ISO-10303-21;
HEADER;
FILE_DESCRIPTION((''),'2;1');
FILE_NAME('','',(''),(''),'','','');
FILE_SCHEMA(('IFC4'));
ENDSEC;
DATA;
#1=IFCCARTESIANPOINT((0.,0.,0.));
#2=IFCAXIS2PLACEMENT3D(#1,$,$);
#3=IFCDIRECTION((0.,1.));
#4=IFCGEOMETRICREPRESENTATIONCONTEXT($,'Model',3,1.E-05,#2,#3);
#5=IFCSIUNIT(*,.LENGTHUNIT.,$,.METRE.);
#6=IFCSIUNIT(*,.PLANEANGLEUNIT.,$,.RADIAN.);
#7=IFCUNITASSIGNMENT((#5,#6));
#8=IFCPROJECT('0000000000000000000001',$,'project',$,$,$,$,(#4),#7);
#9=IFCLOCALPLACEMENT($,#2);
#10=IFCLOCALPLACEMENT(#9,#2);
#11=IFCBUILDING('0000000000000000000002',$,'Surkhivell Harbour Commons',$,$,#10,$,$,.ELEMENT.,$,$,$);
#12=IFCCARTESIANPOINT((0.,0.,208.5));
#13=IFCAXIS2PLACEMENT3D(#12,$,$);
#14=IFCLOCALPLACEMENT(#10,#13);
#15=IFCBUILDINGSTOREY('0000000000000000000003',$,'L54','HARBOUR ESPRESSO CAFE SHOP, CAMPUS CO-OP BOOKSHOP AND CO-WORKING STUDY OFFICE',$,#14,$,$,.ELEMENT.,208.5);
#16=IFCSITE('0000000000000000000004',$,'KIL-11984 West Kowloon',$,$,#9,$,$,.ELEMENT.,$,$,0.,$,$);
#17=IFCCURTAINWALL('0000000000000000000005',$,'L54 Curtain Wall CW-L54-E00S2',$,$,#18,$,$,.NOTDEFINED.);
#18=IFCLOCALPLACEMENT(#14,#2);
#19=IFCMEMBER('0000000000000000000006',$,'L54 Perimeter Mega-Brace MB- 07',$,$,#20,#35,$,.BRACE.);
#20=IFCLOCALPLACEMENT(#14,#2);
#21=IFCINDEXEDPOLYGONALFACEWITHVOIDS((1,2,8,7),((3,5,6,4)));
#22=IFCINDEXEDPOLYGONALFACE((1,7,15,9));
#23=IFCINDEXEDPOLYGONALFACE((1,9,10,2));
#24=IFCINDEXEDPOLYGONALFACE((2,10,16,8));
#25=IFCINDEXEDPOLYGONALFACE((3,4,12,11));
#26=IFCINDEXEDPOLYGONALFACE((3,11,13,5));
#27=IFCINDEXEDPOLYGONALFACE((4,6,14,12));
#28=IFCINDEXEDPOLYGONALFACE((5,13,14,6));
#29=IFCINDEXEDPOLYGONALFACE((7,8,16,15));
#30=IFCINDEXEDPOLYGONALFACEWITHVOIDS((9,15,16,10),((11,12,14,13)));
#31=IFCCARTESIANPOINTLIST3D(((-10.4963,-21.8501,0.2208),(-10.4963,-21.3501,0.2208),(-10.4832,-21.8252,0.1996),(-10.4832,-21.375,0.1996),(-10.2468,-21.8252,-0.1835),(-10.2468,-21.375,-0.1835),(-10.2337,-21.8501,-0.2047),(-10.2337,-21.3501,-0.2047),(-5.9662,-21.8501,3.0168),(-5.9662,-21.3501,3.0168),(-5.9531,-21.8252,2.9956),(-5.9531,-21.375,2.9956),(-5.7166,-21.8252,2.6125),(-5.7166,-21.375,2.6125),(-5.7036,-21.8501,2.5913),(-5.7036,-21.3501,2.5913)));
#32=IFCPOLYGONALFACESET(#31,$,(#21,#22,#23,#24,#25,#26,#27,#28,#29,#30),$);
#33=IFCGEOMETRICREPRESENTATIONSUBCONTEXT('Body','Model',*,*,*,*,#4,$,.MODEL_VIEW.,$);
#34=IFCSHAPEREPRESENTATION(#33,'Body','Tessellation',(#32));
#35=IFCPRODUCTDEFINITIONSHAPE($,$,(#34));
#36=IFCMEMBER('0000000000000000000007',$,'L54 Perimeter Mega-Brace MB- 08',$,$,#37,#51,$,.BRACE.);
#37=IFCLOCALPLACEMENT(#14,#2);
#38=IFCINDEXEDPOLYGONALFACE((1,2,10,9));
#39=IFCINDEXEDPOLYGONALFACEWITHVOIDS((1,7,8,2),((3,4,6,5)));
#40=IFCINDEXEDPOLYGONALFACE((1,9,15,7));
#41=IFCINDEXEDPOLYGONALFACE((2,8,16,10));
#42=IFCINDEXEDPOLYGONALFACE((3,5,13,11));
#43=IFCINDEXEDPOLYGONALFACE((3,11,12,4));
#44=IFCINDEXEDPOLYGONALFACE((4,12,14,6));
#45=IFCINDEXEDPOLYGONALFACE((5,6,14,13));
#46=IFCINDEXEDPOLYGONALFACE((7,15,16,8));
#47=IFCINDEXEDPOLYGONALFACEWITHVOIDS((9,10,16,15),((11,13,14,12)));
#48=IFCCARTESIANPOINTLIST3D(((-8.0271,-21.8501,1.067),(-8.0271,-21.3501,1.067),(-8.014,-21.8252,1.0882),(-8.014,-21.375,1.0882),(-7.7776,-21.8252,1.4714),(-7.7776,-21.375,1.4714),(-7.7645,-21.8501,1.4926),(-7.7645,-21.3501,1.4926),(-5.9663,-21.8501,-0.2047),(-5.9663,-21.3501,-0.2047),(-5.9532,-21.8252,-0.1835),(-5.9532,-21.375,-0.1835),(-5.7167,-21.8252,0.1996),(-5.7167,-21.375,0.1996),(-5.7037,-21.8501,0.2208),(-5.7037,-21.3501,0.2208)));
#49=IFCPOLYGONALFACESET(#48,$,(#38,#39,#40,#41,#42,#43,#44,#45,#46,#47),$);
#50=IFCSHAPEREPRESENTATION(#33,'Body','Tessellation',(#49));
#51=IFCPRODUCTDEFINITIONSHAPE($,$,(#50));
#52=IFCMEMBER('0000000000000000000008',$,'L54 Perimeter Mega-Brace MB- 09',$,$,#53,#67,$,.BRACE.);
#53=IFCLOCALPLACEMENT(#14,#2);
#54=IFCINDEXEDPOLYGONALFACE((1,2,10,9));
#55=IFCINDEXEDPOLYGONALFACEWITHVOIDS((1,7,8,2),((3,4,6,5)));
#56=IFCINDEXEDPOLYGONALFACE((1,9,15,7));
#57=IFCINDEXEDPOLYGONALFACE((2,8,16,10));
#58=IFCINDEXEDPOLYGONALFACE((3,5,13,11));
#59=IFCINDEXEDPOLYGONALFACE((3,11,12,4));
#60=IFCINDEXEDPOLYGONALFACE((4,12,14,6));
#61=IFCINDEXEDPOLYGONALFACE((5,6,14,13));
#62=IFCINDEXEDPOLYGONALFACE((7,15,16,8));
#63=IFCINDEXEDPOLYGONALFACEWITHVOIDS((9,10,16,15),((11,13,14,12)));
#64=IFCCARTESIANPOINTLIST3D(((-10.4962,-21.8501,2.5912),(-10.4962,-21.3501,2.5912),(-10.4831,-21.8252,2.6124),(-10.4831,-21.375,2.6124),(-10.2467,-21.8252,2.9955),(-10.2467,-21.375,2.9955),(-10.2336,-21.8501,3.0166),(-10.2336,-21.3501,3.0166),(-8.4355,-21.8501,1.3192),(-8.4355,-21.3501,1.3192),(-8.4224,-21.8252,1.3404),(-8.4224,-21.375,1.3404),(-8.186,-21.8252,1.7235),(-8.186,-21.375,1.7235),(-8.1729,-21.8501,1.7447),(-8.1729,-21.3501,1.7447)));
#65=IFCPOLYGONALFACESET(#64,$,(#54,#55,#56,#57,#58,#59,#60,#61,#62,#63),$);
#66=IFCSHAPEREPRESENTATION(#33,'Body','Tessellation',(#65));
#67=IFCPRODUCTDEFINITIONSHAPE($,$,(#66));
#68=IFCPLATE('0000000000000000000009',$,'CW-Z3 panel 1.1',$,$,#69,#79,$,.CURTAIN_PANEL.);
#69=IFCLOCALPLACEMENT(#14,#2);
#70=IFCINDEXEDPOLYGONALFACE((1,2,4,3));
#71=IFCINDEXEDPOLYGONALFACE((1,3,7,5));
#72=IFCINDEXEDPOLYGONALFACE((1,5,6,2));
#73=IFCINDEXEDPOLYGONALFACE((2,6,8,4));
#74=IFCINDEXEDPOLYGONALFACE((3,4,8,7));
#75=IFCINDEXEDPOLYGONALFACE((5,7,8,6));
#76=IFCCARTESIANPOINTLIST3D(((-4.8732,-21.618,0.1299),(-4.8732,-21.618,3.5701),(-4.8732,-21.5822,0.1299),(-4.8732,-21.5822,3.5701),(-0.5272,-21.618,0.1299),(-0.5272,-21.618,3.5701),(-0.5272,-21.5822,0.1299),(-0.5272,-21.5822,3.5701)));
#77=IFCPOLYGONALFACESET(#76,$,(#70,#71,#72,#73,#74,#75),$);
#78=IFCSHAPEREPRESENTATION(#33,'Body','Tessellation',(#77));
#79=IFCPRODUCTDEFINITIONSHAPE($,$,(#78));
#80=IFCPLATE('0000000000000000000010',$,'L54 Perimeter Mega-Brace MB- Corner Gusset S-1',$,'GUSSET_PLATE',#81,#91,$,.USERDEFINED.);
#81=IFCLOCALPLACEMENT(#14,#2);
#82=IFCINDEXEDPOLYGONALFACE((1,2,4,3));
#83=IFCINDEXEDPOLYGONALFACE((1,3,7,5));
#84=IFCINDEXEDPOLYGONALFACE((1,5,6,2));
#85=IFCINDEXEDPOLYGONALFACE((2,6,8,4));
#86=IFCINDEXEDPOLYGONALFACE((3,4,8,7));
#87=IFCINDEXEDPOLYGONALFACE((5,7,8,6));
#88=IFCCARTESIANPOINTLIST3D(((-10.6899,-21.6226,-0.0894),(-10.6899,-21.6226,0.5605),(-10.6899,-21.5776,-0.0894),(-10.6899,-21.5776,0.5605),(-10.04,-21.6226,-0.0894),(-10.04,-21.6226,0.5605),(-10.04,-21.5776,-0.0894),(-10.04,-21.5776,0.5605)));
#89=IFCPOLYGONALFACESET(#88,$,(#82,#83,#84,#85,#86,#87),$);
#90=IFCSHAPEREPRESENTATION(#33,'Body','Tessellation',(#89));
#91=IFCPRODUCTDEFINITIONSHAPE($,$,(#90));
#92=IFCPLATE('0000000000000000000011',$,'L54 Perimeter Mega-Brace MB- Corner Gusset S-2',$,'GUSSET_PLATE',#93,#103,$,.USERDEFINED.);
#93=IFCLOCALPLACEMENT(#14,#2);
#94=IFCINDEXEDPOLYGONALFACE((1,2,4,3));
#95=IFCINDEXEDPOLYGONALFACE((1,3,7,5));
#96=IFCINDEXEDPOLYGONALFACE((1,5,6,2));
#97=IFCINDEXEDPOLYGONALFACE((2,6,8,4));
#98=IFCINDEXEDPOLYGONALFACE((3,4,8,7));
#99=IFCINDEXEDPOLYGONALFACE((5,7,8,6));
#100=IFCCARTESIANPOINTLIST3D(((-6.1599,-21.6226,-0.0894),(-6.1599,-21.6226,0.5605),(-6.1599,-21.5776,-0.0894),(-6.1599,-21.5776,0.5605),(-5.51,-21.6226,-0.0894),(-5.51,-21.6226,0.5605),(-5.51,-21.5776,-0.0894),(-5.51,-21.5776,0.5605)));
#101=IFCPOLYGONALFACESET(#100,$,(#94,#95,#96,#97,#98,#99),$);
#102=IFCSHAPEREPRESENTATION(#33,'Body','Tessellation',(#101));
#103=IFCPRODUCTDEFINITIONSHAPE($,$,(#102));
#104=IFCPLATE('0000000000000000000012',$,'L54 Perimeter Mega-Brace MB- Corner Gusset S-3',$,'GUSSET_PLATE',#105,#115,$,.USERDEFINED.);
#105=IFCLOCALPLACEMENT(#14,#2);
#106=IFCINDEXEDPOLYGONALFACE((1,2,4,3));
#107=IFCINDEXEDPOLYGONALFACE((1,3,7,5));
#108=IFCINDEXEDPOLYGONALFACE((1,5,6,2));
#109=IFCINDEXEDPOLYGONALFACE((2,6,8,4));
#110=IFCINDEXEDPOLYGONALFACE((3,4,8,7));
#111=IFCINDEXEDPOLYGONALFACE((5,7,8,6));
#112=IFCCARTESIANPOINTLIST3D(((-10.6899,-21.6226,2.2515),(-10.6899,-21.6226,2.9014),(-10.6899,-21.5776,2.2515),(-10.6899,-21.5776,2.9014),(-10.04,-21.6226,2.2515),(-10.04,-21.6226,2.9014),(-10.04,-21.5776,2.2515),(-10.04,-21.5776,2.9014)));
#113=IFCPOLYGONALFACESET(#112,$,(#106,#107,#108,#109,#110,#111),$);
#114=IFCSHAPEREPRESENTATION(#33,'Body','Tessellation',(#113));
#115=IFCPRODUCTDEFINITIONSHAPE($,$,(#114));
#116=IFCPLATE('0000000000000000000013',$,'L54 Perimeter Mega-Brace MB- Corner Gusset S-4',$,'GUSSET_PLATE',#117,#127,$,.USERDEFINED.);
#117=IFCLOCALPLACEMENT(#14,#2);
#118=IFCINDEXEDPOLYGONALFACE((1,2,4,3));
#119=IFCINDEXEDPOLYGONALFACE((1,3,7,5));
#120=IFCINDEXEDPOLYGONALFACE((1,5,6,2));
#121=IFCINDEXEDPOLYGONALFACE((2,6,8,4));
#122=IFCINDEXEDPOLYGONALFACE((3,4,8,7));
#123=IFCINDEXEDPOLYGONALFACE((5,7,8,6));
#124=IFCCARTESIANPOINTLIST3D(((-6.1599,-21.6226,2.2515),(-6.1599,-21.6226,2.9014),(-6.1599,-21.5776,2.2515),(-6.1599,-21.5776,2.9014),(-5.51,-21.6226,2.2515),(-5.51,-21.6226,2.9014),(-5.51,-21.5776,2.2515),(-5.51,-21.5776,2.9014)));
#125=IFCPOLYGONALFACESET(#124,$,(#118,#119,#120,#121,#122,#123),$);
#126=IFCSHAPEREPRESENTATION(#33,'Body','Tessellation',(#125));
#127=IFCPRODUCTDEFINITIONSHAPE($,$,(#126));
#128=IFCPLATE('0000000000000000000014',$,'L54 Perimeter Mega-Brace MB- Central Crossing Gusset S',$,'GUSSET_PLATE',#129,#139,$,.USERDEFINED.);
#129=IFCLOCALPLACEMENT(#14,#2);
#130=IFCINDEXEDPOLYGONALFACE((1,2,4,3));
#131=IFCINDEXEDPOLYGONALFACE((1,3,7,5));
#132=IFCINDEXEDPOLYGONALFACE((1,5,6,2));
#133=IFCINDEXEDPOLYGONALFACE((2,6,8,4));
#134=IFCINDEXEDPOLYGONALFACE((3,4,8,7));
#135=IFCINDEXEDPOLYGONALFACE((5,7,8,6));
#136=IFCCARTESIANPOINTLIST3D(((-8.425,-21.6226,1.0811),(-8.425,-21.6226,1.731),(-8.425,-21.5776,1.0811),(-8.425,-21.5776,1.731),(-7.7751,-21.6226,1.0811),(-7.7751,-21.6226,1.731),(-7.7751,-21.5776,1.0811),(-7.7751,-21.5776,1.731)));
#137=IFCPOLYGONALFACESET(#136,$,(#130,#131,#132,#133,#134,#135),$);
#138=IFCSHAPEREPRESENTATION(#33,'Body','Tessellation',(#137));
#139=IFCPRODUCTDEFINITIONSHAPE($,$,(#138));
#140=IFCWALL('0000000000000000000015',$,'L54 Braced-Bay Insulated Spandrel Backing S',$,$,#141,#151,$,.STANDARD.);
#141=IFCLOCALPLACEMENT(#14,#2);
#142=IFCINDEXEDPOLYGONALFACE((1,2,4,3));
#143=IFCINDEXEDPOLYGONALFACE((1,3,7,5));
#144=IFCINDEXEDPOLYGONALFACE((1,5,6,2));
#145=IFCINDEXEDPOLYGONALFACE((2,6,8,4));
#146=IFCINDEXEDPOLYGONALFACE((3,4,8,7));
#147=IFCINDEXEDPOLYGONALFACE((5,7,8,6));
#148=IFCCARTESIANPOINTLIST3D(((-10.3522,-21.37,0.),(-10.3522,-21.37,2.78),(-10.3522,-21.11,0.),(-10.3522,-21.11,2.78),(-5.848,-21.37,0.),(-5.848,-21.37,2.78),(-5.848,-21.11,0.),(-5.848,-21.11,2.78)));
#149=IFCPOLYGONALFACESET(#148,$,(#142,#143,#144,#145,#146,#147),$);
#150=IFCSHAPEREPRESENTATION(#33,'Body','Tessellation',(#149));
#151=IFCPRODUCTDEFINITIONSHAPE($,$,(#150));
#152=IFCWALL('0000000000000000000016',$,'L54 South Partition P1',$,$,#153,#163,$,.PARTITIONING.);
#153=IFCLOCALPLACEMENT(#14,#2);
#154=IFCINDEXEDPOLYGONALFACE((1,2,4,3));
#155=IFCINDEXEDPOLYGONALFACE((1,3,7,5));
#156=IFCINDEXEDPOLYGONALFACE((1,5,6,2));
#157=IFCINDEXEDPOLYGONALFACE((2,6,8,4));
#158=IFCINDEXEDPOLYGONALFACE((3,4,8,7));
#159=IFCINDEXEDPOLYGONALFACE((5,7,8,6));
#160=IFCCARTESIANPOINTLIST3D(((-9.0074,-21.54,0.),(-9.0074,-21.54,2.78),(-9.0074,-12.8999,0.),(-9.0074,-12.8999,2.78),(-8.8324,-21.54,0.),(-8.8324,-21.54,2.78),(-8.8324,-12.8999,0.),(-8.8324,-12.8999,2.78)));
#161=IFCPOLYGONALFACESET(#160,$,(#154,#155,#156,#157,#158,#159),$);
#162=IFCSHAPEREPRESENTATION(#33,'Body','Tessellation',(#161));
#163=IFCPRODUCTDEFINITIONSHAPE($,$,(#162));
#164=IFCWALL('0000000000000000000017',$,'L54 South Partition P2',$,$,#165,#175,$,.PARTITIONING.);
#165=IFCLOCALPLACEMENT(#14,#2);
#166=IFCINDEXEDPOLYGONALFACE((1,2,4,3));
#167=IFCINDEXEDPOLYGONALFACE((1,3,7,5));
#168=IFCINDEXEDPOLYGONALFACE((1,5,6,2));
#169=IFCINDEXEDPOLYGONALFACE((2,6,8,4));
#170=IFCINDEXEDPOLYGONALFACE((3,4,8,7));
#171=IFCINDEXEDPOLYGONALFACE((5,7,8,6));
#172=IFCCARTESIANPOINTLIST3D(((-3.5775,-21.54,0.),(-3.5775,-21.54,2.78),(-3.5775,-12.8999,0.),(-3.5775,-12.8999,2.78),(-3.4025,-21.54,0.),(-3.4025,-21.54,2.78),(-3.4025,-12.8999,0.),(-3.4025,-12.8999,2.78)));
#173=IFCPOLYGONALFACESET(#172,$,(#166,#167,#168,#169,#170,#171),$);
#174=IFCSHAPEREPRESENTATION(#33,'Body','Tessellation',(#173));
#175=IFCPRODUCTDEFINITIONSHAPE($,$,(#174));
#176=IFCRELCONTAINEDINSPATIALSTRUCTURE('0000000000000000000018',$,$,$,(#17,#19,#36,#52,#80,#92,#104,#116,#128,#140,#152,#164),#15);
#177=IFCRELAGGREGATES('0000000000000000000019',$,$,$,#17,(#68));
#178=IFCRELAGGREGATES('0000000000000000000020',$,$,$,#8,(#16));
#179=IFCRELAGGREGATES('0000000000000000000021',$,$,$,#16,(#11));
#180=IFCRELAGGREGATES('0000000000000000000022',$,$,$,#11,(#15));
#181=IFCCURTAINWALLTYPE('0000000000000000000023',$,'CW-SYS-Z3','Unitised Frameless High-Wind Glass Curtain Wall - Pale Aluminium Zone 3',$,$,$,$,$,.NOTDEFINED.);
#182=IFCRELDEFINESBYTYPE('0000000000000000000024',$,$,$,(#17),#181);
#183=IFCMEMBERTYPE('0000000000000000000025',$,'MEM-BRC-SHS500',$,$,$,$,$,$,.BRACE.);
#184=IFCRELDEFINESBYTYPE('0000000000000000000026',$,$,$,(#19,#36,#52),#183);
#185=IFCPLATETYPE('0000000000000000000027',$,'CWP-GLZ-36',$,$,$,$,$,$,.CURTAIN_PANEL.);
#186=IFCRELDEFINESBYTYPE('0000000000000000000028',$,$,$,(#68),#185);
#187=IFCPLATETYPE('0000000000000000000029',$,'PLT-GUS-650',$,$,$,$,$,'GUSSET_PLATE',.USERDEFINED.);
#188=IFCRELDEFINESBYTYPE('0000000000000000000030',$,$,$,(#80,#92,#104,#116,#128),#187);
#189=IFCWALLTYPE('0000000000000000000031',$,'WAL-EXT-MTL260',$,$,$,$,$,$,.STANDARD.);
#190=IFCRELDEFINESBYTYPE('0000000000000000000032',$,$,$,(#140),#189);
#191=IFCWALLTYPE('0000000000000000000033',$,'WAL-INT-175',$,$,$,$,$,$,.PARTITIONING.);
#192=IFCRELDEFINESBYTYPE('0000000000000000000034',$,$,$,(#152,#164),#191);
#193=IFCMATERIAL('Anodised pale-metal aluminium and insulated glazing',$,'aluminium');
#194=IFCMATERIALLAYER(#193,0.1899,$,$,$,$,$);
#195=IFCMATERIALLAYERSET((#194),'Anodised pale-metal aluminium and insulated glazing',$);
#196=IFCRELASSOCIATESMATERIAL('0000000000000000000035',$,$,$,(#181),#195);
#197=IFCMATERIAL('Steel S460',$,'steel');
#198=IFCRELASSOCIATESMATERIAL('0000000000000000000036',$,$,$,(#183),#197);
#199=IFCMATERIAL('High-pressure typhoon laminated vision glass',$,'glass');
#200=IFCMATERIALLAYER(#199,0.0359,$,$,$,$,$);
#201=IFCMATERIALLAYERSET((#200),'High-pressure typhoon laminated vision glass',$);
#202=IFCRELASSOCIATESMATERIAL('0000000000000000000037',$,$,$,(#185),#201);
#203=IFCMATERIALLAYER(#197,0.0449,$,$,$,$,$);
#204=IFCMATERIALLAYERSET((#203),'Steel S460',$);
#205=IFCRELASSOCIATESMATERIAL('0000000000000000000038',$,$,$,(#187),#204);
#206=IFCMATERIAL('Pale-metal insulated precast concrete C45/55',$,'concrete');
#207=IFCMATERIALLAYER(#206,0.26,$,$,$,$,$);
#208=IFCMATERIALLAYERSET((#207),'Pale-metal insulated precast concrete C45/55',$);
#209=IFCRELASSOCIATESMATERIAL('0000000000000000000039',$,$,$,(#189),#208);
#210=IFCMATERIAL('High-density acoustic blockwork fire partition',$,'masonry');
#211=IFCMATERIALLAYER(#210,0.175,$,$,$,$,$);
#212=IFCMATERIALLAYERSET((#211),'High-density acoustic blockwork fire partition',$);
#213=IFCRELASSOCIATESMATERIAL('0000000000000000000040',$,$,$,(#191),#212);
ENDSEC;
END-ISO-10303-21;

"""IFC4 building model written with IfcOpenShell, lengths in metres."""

from ifc_helpers import new_model, si_unit, direction, frame, frame_2d, origin, origin_2d, place, context, subcontext, project, spatial, rectangle, hollow_rectangle, extrude, material, layer, layer_set, material_profile, profile_set, type_object, element, aggregate, save


model = new_model("IFC4")

# Units and contexts
model_context = context("Model", 3, precision=1e-05, world=origin(), true_north=direction((0.0, 1.0)))
body_context = subcontext(model_context, "Body", "Model", "MODEL_VIEW")
ifc_project = project(units=[si_unit("LENGTHUNIT", "METRE"), si_unit("PLANEANGLEUNIT", "RADIAN")], contexts=[model_context])

# Site, building, storey
site_placement = place(None, origin())
site = spatial("IfcSite", under=ifc_project, at=site_placement, Name="KIL-11984 West Kowloon", CompositionType="ELEMENT", RefElevation=0.0)
building_placement = place(site_placement, origin())
building = spatial("IfcBuilding", under=site, at=building_placement, Name="Surkhivell Harbour Commons", CompositionType="ELEMENT")
storey_placement = place(building_placement, frame((0.0, 0.0, 208.5)))
storey = spatial("IfcBuildingStorey", under=building, at=storey_placement, Name="L54", Description="HARBOUR ESPRESSO CAFE SHOP, CAMPUS CO-OP BOOKSHOP AND CO-WORKING STUDY OFFICE", CompositionType="ELEMENT", Elevation=208.5)

# Shared definitions
ifc_material_1 = material(Name="Anodised pale-metal aluminium and insulated glazing", Category="aluminium")
ifc_layer_1 = layer(ifc_material_1, 0.1899)
ifc_layer_set_1 = layer_set([ifc_layer_1], Name="Anodised pale-metal aluminium and insulated glazing")
curtain_wall_type = type_object("IfcCurtainWallType", Name="CW-SYS-Z3", Description="Unitised Frameless High-Wind Glass Curtain Wall - Pale Aluminium Zone 3", PredefinedType="NOTDEFINED", material=ifc_layer_set_1)

# Curtain wall
curtain_wall_1_placement = place(storey_placement, origin())
curtain_wall_1 = element("IfcCurtainWall", 1, at=curtain_wall_1_placement, inside=storey, type_object=curtain_wall_type, Name="L54 Curtain Wall CW-L54-E00S2", PredefinedType="NOTDEFINED")

# Members
ifc_material_2 = material(Name="Steel S460", Category="steel")
ifc_material_profile_1 = material_profile(ifc_material_2, hollow_rectangle(XDim=0.5, YDim=0.5, WallThickness=0.0249, at=origin_2d()), Name="SHS500x500x25")
ifc_profile_set_1 = profile_set([ifc_material_profile_1], Name="Steel S460")
member_type_1 = type_object("IfcMemberType", Name="MEM-BRC-SHS500", PredefinedType="BRACE", material=ifc_profile_set_1)
member_1_placement = place(storey_placement, frame((-10.365, -21.6001, 0.0081), z_axis=(0.850971, 0.0, 0.525213), x_axis=(0.0, 1.0, 0.0)))
element("IfcMember", 2, at=member_1_placement, inside=storey, type_object=member_type_1, Name="L54 Perimeter Mega-Brace MB- 07", PredefinedType="BRACE", context=body_context, shape_type="SweptSolid", body=[
    extrude(hollow_rectangle(XDim=0.5, YDim=0.5, WallThickness=0.0249, at=origin_2d()), origin(), (0.0, 0.0, 1.0), 5.3235),
])
for number, where, z_axis, x_axis, name in (
    (3, (-5.835, -21.6001, 0.0081), (-0.851003, 0.0, 0.52516), (0.0, -1.0, 0.0), "L54 Perimeter Mega-Brace MB- 08"),
    (4, (-8.3042, -21.6001, 1.532), (-0.850958, 0.0, 0.525233), (0.0, -1.0, 0.0), "L54 Perimeter Mega-Brace MB- 09"),
):
    element("IfcMember", number, at=place(storey_placement, frame(where, z_axis=z_axis, x_axis=x_axis)), inside=storey, type_object=member_type_1, Name=name, PredefinedType="BRACE", context=body_context, shape_type="SweptSolid", body=[
        extrude(hollow_rectangle(XDim=0.5, YDim=0.5, WallThickness=0.0249, at=origin_2d()), origin(), (0.0, 0.0, 1.0), 2.4216),
    ])

# Plate
ifc_material_3 = material(Name="High-pressure typhoon laminated vision glass", Category="glass")
ifc_layer_2 = layer(ifc_material_3, 0.0359)
ifc_layer_set_2 = layer_set([ifc_layer_2], Name="High-pressure typhoon laminated vision glass")
plate_type_1 = type_object("IfcPlateType", Name="CWP-GLZ-36", PredefinedType="CURTAIN_PANEL", material=ifc_layer_set_2)
plate_placement = place(storey_placement, frame((-4.873, -21.6001, 0.1299), z_axis=(0.0, 0.0, 1.0), x_axis=(1.0, 0.0, 0.0)))
plate = element("IfcPlate", 5, at=plate_placement, type_object=plate_type_1, Name="CW-Z3 panel 1.1", PredefinedType="CURTAIN_PANEL", context=body_context, shape_type="SweptSolid", body=[
    extrude(rectangle(XDim=4.3459, YDim=0.0359, at=frame_2d((2.1729, 0.0))), origin(), (0.0, 0.0, 1.0), 3.4402),
])
aggregate(curtain_wall_1, [plate])

# Plates
ifc_layer_3 = layer(ifc_material_2, 0.0449)
ifc_layer_set_3 = layer_set([ifc_layer_3], Name="Steel S460")
plate_type_2 = type_object("IfcPlateType", Name="PLT-GUS-650", ElementType="GUSSET_PLATE", PredefinedType="USERDEFINED", material=ifc_layer_set_3)
for number, where, z_axis, x_axis, name in (
    (6, (-10.365, -21.6001, -0.0894), (0.0, 0.0, 1.0), (1.0, 0.0, 0.0), "L54 Perimeter Mega-Brace MB- Corner Gusset S-1"),
    (7, (-5.835, -21.6001, -0.0894), (0.0, 0.0, 1.0), (1.0, 0.0, 0.0), "L54 Perimeter Mega-Brace MB- Corner Gusset S-2"),
    (8, (-10.365, -21.6001, 2.2515), (0.0, 0.0, 1.0), (1.0, 0.0, 0.0), "L54 Perimeter Mega-Brace MB- Corner Gusset S-3"),
    (9, (-5.835, -21.6001, 2.2515), (0.0, 0.0, 1.0), (1.0, 0.0, 0.0), "L54 Perimeter Mega-Brace MB- Corner Gusset S-4"),
    (10, (-8.1001, -21.6001, 1.0811), (0.0, 0.0, 1.0), (1.0, 0.0, 0.0), "L54 Perimeter Mega-Brace MB- Central Crossing Gusset S"),
):
    element("IfcPlate", number, at=place(storey_placement, frame(where, z_axis=z_axis, x_axis=x_axis)), inside=storey, type_object=plate_type_2, Name=name, ObjectType="GUSSET_PLATE", PredefinedType="USERDEFINED", context=body_context, shape_type="SweptSolid", body=[
        extrude(rectangle(XDim=0.6499, YDim=0.0449, at=origin_2d()), origin(), (0.0, 0.0, 1.0), 0.6499),
    ])

# Walls
ifc_material_4 = material(Name="Pale-metal insulated precast concrete C45/55", Category="concrete")
ifc_layer_4 = layer(ifc_material_4, 0.26)
ifc_layer_set_4 = layer_set([ifc_layer_4], Name="Pale-metal insulated precast concrete C45/55")
wall_type_1 = type_object("IfcWallType", Name="WAL-EXT-MTL260", PredefinedType="STANDARD", material=ifc_layer_set_4)
wall_placement = place(storey_placement, frame((-10.3521, -21.24, 0.0), z_axis=(0.0, 0.0, 1.0), x_axis=(1.0, 0.0, 0.0)))
element("IfcWall", 11, at=wall_placement, inside=storey, type_object=wall_type_1, Name="L54 Braced-Bay Insulated Spandrel Backing S", PredefinedType="STANDARD", context=body_context, shape_type="SweptSolid", body=[
    extrude(rectangle(XDim=4.5042, YDim=0.26, at=frame_2d((2.252, 0.0))), origin(), (0.0, 0.0, 1.0), 2.78),
])
ifc_material_5 = material(Name="High-density acoustic blockwork fire partition", Category="masonry")
ifc_layer_5 = layer(ifc_material_5, 0.175)
ifc_layer_set_5 = layer_set([ifc_layer_5], Name="High-density acoustic blockwork fire partition")
wall_type_2 = type_object("IfcWallType", Name="WAL-INT-175", PredefinedType="PARTITIONING", material=ifc_layer_set_5)
for number, where, z_axis, x_axis, name in (
    (12, (-8.9199, -21.54, 0.0), (0.0, 0.0, 1.0), (0.0, 1.0, 0.0), "L54 South Partition P1"),
    (13, (-3.49, -21.54, 0.0), (0.0, 0.0, 1.0), (0.0, 1.0, 0.0), "L54 South Partition P2"),
):
    element("IfcWall", number, at=place(storey_placement, frame(where, z_axis=z_axis, x_axis=x_axis)), inside=storey, type_object=wall_type_2, Name=name, PredefinedType="PARTITIONING", context=body_context, shape_type="SweptSolid", body=[
        extrude(rectangle(XDim=8.6401, YDim=0.175, at=frame_2d((4.3201, 0.0))), origin(), (0.0, 0.0, 1.0), 2.78),
    ])

save(model, "model.ifc")
